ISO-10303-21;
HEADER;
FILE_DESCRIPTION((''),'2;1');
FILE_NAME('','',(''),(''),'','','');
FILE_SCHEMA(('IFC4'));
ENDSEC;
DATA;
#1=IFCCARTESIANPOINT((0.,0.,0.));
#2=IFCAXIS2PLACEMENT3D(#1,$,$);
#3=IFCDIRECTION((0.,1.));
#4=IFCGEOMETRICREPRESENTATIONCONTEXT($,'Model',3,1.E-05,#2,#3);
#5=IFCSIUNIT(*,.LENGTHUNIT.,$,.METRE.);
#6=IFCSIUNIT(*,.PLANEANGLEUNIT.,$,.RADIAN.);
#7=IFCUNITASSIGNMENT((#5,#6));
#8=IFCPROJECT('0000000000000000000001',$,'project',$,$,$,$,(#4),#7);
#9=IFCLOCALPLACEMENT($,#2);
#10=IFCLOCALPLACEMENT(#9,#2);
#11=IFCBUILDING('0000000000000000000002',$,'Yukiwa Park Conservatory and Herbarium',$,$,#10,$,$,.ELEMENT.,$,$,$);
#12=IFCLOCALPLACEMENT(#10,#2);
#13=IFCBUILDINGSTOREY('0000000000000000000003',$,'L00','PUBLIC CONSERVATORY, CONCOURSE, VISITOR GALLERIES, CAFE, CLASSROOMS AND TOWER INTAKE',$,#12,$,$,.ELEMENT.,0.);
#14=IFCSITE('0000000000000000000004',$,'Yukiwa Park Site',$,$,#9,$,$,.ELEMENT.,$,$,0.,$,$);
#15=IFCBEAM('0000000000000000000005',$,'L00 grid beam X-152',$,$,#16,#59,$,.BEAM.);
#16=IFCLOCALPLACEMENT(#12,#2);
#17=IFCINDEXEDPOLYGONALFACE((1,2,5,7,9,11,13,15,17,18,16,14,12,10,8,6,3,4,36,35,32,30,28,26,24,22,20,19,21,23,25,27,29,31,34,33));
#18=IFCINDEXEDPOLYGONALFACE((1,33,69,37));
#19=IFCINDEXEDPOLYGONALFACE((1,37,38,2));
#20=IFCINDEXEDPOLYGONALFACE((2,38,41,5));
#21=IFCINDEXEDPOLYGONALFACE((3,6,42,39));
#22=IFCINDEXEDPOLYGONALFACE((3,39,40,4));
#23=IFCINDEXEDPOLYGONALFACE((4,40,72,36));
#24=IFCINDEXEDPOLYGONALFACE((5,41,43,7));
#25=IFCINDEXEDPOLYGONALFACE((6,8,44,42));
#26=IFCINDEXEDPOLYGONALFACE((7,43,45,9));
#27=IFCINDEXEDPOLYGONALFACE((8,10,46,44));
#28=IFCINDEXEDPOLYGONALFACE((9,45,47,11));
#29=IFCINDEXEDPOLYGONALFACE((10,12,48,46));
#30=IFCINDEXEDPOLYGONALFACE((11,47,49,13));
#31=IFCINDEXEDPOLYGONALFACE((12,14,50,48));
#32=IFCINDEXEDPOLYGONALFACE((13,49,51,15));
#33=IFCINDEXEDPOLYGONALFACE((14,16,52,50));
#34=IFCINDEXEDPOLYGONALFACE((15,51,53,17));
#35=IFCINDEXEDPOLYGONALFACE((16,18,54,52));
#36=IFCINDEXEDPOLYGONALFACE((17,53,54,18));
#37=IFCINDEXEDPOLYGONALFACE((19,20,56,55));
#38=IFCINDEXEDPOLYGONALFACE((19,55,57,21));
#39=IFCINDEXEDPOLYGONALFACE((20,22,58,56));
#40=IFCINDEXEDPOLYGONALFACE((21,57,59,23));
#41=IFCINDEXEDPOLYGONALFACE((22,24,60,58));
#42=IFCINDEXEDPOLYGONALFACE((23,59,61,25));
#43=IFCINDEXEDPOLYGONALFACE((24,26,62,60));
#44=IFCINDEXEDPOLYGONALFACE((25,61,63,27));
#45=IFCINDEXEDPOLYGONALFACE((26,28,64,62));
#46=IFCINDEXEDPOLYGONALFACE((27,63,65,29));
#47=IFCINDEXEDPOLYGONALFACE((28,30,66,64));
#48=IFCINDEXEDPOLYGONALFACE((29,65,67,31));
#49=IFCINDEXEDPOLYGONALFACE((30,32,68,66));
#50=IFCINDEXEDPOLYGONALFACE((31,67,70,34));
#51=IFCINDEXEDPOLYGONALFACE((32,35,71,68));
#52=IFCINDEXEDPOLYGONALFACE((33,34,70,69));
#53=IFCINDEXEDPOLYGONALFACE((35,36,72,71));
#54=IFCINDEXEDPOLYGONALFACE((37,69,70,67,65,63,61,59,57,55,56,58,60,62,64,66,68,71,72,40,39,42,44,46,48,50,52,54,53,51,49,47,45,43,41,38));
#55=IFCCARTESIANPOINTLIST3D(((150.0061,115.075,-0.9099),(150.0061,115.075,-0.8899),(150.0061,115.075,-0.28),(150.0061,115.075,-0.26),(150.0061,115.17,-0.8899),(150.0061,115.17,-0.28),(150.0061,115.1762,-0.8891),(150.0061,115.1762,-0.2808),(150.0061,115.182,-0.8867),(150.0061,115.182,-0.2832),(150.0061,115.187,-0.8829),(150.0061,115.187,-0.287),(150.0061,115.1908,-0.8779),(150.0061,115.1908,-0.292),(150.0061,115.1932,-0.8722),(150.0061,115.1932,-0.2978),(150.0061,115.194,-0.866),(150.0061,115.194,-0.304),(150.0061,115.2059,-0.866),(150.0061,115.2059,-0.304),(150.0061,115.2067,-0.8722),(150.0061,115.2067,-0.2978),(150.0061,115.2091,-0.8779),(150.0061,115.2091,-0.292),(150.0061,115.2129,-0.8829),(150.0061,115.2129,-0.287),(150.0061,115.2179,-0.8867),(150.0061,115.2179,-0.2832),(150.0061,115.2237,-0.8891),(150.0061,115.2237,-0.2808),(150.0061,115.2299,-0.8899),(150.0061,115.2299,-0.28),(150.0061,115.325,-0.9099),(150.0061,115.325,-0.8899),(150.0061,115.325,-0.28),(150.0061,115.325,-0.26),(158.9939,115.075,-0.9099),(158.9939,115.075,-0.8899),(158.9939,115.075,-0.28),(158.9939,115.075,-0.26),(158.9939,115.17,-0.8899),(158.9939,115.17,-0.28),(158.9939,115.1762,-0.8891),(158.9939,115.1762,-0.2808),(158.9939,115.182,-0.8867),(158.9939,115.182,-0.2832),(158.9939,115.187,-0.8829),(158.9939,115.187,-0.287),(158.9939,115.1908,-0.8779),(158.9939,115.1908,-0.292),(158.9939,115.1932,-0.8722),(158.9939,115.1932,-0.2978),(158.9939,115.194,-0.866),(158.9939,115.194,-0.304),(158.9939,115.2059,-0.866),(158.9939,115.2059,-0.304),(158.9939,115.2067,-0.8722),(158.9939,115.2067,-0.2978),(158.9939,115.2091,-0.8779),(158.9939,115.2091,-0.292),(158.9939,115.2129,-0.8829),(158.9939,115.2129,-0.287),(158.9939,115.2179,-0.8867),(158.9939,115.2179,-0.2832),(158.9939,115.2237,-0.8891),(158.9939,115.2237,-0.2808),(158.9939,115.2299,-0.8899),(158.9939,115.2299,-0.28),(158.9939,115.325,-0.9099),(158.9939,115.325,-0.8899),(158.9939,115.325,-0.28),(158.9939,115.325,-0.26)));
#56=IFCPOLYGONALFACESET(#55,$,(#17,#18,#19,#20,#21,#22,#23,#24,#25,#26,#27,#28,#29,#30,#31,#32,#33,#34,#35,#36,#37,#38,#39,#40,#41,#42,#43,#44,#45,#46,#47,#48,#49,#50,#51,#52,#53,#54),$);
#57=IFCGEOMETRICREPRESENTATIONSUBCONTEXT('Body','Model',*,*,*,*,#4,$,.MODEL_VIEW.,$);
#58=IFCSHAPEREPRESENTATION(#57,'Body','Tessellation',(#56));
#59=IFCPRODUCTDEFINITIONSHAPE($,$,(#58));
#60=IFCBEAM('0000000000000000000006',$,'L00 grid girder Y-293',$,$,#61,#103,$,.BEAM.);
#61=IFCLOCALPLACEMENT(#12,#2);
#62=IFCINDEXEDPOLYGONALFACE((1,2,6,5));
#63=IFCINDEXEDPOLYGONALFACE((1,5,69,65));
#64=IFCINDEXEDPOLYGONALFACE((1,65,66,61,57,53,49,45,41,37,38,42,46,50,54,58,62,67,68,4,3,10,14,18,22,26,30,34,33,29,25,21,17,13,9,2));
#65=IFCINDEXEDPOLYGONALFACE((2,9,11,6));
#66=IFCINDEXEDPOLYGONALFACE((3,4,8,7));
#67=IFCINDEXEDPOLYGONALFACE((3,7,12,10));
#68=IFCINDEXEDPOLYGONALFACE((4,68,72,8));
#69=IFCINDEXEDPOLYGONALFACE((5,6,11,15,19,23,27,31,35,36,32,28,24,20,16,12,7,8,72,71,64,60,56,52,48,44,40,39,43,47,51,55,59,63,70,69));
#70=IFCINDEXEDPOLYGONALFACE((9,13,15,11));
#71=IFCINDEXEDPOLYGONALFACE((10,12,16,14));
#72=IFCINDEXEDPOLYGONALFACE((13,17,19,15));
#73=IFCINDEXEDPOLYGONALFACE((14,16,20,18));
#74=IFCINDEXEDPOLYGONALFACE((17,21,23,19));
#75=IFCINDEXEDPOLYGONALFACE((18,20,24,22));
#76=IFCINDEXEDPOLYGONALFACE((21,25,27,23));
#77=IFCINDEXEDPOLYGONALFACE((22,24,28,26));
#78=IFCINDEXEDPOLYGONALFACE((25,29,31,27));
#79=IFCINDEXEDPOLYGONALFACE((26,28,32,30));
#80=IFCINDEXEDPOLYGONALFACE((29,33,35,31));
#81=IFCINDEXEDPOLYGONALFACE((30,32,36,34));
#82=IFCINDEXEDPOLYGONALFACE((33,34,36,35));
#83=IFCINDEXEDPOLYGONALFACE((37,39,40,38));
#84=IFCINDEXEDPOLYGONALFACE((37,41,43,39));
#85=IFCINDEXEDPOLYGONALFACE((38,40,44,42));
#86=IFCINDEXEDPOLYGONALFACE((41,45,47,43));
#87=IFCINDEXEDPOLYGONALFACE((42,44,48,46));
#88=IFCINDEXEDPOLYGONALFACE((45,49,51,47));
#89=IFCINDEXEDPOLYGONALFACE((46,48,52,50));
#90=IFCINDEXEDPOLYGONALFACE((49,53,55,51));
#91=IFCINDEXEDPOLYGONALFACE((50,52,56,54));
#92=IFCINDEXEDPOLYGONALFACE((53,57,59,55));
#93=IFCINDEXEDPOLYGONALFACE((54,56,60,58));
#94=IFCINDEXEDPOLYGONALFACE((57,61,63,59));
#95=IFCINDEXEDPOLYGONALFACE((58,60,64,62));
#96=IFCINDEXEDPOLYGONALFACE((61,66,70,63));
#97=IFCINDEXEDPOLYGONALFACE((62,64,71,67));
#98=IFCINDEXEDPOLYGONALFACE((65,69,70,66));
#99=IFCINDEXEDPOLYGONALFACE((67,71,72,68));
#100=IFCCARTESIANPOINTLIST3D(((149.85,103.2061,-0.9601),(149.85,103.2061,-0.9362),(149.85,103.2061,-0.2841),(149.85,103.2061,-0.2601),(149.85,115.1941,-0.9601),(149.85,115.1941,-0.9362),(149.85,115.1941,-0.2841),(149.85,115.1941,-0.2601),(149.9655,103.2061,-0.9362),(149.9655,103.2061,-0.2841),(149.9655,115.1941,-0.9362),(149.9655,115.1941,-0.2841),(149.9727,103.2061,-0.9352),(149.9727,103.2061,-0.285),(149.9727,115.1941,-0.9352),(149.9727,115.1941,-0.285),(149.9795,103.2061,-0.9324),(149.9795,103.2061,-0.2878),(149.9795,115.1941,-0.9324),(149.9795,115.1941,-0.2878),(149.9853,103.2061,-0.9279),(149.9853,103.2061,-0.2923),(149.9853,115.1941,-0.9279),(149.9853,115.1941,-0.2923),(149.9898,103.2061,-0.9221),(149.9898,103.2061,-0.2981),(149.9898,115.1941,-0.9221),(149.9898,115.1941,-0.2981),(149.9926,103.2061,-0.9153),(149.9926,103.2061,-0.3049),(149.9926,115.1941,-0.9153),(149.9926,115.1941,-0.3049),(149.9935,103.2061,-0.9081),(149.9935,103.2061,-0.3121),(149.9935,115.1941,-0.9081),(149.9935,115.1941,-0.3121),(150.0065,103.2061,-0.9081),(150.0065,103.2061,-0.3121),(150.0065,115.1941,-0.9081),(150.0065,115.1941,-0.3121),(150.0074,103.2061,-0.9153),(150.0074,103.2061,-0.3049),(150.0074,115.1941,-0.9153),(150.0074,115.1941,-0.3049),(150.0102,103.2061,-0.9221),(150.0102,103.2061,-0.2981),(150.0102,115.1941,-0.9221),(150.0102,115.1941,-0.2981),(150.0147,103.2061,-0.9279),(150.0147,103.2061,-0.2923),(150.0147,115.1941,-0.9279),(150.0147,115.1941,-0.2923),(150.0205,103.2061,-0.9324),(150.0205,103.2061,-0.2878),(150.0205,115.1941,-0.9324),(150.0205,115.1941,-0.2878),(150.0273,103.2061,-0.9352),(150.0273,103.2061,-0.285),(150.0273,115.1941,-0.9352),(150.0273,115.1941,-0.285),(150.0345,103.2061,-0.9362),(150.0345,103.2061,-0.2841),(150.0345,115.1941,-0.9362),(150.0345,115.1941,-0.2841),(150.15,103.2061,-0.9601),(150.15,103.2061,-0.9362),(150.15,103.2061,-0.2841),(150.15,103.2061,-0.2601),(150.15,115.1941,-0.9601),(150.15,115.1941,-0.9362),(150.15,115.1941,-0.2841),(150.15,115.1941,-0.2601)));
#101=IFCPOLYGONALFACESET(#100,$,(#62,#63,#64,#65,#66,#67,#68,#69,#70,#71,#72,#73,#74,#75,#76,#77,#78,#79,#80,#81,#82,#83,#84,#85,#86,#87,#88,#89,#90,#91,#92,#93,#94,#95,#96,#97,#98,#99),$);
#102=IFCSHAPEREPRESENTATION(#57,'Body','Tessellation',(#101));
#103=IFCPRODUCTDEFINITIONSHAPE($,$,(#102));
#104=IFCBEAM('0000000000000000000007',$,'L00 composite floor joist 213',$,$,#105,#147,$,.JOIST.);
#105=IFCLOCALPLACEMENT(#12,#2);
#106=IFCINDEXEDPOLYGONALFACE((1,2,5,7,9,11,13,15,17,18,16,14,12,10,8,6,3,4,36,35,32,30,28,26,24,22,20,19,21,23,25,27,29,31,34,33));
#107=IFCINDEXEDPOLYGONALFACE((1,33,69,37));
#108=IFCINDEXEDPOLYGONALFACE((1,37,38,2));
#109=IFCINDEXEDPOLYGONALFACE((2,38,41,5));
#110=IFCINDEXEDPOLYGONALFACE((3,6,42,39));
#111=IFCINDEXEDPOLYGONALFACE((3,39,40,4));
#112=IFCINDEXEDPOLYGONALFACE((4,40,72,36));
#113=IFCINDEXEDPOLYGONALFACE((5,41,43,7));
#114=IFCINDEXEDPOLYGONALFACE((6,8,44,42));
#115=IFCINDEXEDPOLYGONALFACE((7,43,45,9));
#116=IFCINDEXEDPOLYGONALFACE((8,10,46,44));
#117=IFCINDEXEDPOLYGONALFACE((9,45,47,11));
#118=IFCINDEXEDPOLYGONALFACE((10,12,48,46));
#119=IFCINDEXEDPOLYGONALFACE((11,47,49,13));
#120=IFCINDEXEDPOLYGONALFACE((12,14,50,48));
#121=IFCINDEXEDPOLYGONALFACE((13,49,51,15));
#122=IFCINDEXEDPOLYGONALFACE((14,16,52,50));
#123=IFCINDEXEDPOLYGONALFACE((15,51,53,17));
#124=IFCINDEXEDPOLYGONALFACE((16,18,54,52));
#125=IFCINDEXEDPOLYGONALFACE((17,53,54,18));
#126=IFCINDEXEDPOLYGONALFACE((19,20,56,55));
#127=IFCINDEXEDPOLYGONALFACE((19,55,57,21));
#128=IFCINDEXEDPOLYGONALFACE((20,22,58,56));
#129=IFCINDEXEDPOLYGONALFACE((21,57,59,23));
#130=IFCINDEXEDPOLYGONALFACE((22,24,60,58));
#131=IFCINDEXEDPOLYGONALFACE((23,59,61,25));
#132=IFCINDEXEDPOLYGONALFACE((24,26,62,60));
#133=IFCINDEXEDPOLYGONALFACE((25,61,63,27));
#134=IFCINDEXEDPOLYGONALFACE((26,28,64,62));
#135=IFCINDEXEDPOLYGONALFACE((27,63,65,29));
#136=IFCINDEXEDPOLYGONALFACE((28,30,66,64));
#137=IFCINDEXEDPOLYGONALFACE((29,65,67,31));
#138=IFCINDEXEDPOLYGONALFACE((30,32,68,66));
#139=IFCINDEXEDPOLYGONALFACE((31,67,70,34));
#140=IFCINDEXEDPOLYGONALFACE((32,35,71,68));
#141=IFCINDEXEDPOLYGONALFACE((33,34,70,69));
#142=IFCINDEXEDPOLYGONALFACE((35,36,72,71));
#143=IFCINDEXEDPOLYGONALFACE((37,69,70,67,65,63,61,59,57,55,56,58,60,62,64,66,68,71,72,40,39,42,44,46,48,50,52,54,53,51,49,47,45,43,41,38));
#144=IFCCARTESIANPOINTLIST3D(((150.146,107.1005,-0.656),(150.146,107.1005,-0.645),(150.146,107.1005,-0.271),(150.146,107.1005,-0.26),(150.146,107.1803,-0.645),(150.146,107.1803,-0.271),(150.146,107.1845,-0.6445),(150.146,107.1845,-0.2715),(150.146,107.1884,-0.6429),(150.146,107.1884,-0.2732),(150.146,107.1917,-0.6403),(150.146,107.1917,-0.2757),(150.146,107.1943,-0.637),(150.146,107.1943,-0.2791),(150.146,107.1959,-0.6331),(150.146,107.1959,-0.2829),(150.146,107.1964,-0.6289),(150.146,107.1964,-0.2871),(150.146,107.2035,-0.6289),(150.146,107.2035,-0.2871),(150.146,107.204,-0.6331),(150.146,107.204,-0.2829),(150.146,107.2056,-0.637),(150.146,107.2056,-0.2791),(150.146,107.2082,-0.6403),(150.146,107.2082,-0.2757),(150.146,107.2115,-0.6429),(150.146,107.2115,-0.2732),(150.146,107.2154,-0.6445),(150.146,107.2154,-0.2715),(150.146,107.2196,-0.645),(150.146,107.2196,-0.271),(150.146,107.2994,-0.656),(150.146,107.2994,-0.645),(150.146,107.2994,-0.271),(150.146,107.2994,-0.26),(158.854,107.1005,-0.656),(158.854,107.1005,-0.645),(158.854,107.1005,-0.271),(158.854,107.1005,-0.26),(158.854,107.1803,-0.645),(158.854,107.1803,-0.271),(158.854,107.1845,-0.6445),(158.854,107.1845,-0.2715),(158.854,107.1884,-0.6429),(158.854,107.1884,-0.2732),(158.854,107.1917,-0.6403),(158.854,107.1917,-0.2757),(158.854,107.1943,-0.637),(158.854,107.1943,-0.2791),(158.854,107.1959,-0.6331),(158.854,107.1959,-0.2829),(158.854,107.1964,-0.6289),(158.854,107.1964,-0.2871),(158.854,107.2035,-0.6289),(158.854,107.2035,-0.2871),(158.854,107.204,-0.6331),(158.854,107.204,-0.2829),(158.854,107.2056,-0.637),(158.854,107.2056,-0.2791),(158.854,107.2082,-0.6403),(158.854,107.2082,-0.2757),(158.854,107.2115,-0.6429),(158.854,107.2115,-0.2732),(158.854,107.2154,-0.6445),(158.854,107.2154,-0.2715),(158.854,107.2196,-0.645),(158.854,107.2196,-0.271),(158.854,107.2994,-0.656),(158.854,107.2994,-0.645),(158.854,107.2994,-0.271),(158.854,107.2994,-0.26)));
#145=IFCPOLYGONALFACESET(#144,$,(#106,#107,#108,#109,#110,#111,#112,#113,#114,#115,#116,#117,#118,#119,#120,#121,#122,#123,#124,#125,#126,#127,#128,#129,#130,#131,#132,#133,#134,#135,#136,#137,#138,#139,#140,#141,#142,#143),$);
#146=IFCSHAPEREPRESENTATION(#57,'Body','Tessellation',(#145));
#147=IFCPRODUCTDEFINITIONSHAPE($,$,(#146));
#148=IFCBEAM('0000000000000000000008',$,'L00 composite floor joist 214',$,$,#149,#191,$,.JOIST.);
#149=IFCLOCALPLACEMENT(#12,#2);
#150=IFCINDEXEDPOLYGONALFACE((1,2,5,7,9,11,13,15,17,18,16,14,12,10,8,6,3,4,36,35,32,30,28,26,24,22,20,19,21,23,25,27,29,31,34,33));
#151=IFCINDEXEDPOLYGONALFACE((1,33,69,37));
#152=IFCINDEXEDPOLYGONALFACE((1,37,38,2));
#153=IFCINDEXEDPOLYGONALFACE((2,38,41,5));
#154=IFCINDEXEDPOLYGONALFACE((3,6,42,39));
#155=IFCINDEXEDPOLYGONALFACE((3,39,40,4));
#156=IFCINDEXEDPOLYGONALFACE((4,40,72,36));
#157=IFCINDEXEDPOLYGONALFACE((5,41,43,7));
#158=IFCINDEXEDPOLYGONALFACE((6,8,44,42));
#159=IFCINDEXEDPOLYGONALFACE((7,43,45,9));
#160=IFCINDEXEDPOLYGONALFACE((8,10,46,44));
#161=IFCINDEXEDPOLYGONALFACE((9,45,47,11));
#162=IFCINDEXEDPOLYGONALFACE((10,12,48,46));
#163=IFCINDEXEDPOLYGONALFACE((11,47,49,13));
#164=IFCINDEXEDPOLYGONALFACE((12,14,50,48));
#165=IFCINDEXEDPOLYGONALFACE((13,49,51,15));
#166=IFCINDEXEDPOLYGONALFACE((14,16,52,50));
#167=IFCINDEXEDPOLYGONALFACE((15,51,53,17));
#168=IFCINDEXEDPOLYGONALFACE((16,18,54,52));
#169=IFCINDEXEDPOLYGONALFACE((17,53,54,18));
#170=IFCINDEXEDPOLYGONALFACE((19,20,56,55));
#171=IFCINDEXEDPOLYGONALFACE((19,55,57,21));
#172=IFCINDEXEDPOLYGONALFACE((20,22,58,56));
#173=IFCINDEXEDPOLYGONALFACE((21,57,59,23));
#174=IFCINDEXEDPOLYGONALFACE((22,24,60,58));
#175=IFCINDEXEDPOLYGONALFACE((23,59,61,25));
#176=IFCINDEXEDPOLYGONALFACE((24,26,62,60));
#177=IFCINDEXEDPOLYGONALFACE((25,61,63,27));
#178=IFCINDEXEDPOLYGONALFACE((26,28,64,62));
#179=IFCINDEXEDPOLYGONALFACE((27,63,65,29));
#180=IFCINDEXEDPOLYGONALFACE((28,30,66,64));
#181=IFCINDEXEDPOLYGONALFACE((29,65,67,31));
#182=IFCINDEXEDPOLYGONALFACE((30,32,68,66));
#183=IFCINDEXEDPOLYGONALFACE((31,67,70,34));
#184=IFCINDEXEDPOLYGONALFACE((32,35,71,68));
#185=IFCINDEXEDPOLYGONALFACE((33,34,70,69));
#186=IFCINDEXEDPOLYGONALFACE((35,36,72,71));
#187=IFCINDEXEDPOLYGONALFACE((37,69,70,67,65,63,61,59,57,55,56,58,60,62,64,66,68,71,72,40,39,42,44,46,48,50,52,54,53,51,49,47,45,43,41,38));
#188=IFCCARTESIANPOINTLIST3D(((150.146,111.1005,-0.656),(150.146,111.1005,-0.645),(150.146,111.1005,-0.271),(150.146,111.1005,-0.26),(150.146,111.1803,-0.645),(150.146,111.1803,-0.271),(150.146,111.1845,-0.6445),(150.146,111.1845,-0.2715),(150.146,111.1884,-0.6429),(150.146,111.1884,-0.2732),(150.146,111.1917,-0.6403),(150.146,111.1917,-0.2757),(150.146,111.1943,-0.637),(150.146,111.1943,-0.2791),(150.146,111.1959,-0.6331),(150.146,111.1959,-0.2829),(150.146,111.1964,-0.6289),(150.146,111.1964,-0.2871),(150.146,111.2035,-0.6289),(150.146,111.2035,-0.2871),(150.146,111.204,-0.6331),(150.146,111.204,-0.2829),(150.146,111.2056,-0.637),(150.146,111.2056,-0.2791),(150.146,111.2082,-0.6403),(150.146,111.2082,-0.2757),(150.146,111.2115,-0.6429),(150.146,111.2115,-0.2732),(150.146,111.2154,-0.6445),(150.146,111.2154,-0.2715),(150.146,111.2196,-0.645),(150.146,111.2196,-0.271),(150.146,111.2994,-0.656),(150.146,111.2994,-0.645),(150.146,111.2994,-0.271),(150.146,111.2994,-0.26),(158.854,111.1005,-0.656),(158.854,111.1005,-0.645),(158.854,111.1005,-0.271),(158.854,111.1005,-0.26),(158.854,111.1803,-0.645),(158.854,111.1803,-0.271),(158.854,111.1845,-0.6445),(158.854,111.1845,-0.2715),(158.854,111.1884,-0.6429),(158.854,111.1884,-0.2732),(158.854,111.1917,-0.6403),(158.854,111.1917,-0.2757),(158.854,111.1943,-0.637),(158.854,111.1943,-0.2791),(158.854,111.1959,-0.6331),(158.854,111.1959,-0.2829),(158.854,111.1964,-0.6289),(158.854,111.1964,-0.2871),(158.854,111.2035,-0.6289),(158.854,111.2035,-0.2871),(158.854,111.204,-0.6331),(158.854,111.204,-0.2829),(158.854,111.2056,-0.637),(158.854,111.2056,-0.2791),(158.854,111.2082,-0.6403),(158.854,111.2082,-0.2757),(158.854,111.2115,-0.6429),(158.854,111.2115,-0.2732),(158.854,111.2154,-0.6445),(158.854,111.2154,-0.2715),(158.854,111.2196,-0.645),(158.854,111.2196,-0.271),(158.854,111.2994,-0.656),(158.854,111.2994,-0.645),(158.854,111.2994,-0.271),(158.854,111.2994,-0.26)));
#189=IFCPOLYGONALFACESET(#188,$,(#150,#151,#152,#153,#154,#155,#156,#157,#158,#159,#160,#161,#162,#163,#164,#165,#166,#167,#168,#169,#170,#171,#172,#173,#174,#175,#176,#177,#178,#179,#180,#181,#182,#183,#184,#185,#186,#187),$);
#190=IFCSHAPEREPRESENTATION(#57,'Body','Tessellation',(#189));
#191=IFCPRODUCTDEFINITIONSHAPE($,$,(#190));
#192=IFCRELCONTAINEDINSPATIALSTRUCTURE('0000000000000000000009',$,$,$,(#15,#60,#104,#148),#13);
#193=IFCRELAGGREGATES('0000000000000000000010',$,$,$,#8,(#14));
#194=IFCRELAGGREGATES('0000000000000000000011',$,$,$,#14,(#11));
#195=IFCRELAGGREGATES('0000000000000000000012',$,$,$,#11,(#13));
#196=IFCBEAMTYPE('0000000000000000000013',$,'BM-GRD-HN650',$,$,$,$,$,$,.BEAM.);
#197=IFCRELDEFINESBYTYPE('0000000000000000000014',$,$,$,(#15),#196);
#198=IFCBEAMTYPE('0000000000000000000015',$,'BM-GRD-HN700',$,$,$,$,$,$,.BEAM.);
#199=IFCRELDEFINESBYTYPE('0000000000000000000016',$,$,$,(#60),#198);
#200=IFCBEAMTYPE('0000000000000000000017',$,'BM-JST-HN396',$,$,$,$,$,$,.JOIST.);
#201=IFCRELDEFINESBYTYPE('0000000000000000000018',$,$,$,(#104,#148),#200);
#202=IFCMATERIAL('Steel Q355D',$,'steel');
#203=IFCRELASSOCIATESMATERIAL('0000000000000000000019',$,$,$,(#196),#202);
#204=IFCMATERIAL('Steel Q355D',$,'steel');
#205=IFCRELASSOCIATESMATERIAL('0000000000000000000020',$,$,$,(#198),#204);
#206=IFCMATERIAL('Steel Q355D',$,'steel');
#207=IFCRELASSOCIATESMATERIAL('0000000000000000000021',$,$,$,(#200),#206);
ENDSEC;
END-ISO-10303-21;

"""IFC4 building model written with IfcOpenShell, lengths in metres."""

from ifc_helpers import new_model, si_unit, direction, frame, origin, origin_2d, place, context, subcontext, project, spatial, i_section, extrude, material, material_profile, profile_set, type_object, element, save


model = new_model("IFC4")

# Units and contexts
model_context = context("Model", 3, precision=1e-05, world=origin(), true_north=direction((0.0, 1.0)))
body_context = subcontext(model_context, "Body", "Model", "MODEL_VIEW")
ifc_project = project(units=[si_unit("LENGTHUNIT", "METRE"), si_unit("PLANEANGLEUNIT", "RADIAN")], contexts=[model_context])

# Site, building, storey
site_placement = place(None, origin())
site = spatial("IfcSite", under=ifc_project, at=site_placement, Name="Yukiwa Park Site", CompositionType="ELEMENT", RefElevation=0.0)
building_placement = place(site_placement, origin())
building = spatial("IfcBuilding", under=site, at=building_placement, Name="Yukiwa Park Conservatory and Herbarium", CompositionType="ELEMENT")
storey_placement = place(building_placement, origin())
storey = spatial("IfcBuildingStorey", under=building, at=storey_placement, Name="L00", Description="PUBLIC CONSERVATORY, CONCOURSE, VISITOR GALLERIES, CAFE, CLASSROOMS AND TOWER INTAKE", CompositionType="ELEMENT", Elevation=0.0)

# Beams
ifc_material_1 = material(Name="Steel Q355D", Category="steel")
ifc_material_profile_1 = material_profile(ifc_material_1, i_section(OverallWidth=0.25, OverallDepth=0.6499, WebThickness=0.012, FlangeThickness=0.02, FilletRadius=0.0239, at=origin_2d()), Name="HN 650x250x12x20")
ifc_profile_set_1 = profile_set([ifc_material_profile_1], Name="Steel Q355D")
beam_type_1 = type_object("IfcBeamType", Name="BM-GRD-HN650", PredefinedType="BEAM", material=ifc_profile_set_1)
for number, where, z_axis, x_axis, name in (
    (1, (150.0061, 115.2, -0.585), (1.0, 0.0, 0.0), (0.0, 1.0, 0.0), "L00 grid beam X-152"),
):
    element("IfcBeam", number, at=place(storey_placement, frame(where, z_axis=z_axis, x_axis=x_axis)), inside=storey, type_object=beam_type_1, Name=name, PredefinedType="BEAM", context=body_context, shape_type="SweptSolid", body=[
        extrude(i_section(OverallWidth=0.25, OverallDepth=0.6499, WebThickness=0.012, FlangeThickness=0.02, FilletRadius=0.0239, at=origin_2d()), origin(), (0.0, 0.0, 1.0), 8.9878),
    ])
ifc_material_2 = material(Name="Steel Q355D", Category="steel")
ifc_material_profile_2 = material_profile(ifc_material_2, i_section(OverallWidth=0.3, OverallDepth=0.7, WebThickness=0.0129, FlangeThickness=0.0239, FilletRadius=0.0281, at=origin_2d()), Name="HN 700x300x13x24")
ifc_profile_set_2 = profile_set([ifc_material_profile_2], Name="Steel Q355D")
beam_type_2 = type_object("IfcBeamType", Name="BM-GRD-HN700", PredefinedType="BEAM", material=ifc_profile_set_2)
beam_placement = place(storey_placement, frame((150.0, 103.2061, -0.6101), z_axis=(0.0, 1.0, 0.0), x_axis=(-1.0, 0.0, 0.0)))
element("IfcBeam", 2, at=beam_placement, inside=storey, type_object=beam_type_2, Name="L00 grid girder Y-293", PredefinedType="BEAM", context=body_context, shape_type="SweptSolid", body=[
    extrude(i_section(OverallWidth=0.3, OverallDepth=0.7, WebThickness=0.0129, FlangeThickness=0.0239, FilletRadius=0.0281, at=origin_2d()), origin(), (0.0, 0.0, 1.0), 11.988),
])
ifc_material_3 = material(Name="Steel Q355D", Category="steel")
ifc_material_profile_3 = material_profile(ifc_material_3, i_section(OverallWidth=0.199, OverallDepth=0.396, WebThickness=0.0071, FlangeThickness=0.011, FilletRadius=0.0161, at=origin_2d()), Name="HN 396x199x7x11")
ifc_profile_set_3 = profile_set([ifc_material_profile_3], Name="Steel Q355D")
beam_type_3 = type_object("IfcBeamType", Name="BM-JST-HN396", PredefinedType="JOIST", material=ifc_profile_set_3)
for number, where, z_axis, x_axis, name in (
    (3, (150.146, 107.2, -0.458), (1.0, 0.0, 0.0), (0.0, 1.0, 0.0), "L00 composite floor joist 213"),
    (4, (150.146, 111.2, -0.458), (1.0, 0.0, 0.0), (0.0, 1.0, 0.0), "L00 composite floor joist 214"),
):
    element("IfcBeam", number, at=place(storey_placement, frame(where, z_axis=z_axis, x_axis=x_axis)), inside=storey, type_object=beam_type_3, Name=name, PredefinedType="JOIST", context=body_context, shape_type="SweptSolid", body=[
        extrude(i_section(OverallWidth=0.199, OverallDepth=0.396, WebThickness=0.0071, FlangeThickness=0.011, FilletRadius=0.0161, at=origin_2d()), origin(), (0.0, 0.0, 1.0), 8.708),
    ])

save(model, "model.ifc")
